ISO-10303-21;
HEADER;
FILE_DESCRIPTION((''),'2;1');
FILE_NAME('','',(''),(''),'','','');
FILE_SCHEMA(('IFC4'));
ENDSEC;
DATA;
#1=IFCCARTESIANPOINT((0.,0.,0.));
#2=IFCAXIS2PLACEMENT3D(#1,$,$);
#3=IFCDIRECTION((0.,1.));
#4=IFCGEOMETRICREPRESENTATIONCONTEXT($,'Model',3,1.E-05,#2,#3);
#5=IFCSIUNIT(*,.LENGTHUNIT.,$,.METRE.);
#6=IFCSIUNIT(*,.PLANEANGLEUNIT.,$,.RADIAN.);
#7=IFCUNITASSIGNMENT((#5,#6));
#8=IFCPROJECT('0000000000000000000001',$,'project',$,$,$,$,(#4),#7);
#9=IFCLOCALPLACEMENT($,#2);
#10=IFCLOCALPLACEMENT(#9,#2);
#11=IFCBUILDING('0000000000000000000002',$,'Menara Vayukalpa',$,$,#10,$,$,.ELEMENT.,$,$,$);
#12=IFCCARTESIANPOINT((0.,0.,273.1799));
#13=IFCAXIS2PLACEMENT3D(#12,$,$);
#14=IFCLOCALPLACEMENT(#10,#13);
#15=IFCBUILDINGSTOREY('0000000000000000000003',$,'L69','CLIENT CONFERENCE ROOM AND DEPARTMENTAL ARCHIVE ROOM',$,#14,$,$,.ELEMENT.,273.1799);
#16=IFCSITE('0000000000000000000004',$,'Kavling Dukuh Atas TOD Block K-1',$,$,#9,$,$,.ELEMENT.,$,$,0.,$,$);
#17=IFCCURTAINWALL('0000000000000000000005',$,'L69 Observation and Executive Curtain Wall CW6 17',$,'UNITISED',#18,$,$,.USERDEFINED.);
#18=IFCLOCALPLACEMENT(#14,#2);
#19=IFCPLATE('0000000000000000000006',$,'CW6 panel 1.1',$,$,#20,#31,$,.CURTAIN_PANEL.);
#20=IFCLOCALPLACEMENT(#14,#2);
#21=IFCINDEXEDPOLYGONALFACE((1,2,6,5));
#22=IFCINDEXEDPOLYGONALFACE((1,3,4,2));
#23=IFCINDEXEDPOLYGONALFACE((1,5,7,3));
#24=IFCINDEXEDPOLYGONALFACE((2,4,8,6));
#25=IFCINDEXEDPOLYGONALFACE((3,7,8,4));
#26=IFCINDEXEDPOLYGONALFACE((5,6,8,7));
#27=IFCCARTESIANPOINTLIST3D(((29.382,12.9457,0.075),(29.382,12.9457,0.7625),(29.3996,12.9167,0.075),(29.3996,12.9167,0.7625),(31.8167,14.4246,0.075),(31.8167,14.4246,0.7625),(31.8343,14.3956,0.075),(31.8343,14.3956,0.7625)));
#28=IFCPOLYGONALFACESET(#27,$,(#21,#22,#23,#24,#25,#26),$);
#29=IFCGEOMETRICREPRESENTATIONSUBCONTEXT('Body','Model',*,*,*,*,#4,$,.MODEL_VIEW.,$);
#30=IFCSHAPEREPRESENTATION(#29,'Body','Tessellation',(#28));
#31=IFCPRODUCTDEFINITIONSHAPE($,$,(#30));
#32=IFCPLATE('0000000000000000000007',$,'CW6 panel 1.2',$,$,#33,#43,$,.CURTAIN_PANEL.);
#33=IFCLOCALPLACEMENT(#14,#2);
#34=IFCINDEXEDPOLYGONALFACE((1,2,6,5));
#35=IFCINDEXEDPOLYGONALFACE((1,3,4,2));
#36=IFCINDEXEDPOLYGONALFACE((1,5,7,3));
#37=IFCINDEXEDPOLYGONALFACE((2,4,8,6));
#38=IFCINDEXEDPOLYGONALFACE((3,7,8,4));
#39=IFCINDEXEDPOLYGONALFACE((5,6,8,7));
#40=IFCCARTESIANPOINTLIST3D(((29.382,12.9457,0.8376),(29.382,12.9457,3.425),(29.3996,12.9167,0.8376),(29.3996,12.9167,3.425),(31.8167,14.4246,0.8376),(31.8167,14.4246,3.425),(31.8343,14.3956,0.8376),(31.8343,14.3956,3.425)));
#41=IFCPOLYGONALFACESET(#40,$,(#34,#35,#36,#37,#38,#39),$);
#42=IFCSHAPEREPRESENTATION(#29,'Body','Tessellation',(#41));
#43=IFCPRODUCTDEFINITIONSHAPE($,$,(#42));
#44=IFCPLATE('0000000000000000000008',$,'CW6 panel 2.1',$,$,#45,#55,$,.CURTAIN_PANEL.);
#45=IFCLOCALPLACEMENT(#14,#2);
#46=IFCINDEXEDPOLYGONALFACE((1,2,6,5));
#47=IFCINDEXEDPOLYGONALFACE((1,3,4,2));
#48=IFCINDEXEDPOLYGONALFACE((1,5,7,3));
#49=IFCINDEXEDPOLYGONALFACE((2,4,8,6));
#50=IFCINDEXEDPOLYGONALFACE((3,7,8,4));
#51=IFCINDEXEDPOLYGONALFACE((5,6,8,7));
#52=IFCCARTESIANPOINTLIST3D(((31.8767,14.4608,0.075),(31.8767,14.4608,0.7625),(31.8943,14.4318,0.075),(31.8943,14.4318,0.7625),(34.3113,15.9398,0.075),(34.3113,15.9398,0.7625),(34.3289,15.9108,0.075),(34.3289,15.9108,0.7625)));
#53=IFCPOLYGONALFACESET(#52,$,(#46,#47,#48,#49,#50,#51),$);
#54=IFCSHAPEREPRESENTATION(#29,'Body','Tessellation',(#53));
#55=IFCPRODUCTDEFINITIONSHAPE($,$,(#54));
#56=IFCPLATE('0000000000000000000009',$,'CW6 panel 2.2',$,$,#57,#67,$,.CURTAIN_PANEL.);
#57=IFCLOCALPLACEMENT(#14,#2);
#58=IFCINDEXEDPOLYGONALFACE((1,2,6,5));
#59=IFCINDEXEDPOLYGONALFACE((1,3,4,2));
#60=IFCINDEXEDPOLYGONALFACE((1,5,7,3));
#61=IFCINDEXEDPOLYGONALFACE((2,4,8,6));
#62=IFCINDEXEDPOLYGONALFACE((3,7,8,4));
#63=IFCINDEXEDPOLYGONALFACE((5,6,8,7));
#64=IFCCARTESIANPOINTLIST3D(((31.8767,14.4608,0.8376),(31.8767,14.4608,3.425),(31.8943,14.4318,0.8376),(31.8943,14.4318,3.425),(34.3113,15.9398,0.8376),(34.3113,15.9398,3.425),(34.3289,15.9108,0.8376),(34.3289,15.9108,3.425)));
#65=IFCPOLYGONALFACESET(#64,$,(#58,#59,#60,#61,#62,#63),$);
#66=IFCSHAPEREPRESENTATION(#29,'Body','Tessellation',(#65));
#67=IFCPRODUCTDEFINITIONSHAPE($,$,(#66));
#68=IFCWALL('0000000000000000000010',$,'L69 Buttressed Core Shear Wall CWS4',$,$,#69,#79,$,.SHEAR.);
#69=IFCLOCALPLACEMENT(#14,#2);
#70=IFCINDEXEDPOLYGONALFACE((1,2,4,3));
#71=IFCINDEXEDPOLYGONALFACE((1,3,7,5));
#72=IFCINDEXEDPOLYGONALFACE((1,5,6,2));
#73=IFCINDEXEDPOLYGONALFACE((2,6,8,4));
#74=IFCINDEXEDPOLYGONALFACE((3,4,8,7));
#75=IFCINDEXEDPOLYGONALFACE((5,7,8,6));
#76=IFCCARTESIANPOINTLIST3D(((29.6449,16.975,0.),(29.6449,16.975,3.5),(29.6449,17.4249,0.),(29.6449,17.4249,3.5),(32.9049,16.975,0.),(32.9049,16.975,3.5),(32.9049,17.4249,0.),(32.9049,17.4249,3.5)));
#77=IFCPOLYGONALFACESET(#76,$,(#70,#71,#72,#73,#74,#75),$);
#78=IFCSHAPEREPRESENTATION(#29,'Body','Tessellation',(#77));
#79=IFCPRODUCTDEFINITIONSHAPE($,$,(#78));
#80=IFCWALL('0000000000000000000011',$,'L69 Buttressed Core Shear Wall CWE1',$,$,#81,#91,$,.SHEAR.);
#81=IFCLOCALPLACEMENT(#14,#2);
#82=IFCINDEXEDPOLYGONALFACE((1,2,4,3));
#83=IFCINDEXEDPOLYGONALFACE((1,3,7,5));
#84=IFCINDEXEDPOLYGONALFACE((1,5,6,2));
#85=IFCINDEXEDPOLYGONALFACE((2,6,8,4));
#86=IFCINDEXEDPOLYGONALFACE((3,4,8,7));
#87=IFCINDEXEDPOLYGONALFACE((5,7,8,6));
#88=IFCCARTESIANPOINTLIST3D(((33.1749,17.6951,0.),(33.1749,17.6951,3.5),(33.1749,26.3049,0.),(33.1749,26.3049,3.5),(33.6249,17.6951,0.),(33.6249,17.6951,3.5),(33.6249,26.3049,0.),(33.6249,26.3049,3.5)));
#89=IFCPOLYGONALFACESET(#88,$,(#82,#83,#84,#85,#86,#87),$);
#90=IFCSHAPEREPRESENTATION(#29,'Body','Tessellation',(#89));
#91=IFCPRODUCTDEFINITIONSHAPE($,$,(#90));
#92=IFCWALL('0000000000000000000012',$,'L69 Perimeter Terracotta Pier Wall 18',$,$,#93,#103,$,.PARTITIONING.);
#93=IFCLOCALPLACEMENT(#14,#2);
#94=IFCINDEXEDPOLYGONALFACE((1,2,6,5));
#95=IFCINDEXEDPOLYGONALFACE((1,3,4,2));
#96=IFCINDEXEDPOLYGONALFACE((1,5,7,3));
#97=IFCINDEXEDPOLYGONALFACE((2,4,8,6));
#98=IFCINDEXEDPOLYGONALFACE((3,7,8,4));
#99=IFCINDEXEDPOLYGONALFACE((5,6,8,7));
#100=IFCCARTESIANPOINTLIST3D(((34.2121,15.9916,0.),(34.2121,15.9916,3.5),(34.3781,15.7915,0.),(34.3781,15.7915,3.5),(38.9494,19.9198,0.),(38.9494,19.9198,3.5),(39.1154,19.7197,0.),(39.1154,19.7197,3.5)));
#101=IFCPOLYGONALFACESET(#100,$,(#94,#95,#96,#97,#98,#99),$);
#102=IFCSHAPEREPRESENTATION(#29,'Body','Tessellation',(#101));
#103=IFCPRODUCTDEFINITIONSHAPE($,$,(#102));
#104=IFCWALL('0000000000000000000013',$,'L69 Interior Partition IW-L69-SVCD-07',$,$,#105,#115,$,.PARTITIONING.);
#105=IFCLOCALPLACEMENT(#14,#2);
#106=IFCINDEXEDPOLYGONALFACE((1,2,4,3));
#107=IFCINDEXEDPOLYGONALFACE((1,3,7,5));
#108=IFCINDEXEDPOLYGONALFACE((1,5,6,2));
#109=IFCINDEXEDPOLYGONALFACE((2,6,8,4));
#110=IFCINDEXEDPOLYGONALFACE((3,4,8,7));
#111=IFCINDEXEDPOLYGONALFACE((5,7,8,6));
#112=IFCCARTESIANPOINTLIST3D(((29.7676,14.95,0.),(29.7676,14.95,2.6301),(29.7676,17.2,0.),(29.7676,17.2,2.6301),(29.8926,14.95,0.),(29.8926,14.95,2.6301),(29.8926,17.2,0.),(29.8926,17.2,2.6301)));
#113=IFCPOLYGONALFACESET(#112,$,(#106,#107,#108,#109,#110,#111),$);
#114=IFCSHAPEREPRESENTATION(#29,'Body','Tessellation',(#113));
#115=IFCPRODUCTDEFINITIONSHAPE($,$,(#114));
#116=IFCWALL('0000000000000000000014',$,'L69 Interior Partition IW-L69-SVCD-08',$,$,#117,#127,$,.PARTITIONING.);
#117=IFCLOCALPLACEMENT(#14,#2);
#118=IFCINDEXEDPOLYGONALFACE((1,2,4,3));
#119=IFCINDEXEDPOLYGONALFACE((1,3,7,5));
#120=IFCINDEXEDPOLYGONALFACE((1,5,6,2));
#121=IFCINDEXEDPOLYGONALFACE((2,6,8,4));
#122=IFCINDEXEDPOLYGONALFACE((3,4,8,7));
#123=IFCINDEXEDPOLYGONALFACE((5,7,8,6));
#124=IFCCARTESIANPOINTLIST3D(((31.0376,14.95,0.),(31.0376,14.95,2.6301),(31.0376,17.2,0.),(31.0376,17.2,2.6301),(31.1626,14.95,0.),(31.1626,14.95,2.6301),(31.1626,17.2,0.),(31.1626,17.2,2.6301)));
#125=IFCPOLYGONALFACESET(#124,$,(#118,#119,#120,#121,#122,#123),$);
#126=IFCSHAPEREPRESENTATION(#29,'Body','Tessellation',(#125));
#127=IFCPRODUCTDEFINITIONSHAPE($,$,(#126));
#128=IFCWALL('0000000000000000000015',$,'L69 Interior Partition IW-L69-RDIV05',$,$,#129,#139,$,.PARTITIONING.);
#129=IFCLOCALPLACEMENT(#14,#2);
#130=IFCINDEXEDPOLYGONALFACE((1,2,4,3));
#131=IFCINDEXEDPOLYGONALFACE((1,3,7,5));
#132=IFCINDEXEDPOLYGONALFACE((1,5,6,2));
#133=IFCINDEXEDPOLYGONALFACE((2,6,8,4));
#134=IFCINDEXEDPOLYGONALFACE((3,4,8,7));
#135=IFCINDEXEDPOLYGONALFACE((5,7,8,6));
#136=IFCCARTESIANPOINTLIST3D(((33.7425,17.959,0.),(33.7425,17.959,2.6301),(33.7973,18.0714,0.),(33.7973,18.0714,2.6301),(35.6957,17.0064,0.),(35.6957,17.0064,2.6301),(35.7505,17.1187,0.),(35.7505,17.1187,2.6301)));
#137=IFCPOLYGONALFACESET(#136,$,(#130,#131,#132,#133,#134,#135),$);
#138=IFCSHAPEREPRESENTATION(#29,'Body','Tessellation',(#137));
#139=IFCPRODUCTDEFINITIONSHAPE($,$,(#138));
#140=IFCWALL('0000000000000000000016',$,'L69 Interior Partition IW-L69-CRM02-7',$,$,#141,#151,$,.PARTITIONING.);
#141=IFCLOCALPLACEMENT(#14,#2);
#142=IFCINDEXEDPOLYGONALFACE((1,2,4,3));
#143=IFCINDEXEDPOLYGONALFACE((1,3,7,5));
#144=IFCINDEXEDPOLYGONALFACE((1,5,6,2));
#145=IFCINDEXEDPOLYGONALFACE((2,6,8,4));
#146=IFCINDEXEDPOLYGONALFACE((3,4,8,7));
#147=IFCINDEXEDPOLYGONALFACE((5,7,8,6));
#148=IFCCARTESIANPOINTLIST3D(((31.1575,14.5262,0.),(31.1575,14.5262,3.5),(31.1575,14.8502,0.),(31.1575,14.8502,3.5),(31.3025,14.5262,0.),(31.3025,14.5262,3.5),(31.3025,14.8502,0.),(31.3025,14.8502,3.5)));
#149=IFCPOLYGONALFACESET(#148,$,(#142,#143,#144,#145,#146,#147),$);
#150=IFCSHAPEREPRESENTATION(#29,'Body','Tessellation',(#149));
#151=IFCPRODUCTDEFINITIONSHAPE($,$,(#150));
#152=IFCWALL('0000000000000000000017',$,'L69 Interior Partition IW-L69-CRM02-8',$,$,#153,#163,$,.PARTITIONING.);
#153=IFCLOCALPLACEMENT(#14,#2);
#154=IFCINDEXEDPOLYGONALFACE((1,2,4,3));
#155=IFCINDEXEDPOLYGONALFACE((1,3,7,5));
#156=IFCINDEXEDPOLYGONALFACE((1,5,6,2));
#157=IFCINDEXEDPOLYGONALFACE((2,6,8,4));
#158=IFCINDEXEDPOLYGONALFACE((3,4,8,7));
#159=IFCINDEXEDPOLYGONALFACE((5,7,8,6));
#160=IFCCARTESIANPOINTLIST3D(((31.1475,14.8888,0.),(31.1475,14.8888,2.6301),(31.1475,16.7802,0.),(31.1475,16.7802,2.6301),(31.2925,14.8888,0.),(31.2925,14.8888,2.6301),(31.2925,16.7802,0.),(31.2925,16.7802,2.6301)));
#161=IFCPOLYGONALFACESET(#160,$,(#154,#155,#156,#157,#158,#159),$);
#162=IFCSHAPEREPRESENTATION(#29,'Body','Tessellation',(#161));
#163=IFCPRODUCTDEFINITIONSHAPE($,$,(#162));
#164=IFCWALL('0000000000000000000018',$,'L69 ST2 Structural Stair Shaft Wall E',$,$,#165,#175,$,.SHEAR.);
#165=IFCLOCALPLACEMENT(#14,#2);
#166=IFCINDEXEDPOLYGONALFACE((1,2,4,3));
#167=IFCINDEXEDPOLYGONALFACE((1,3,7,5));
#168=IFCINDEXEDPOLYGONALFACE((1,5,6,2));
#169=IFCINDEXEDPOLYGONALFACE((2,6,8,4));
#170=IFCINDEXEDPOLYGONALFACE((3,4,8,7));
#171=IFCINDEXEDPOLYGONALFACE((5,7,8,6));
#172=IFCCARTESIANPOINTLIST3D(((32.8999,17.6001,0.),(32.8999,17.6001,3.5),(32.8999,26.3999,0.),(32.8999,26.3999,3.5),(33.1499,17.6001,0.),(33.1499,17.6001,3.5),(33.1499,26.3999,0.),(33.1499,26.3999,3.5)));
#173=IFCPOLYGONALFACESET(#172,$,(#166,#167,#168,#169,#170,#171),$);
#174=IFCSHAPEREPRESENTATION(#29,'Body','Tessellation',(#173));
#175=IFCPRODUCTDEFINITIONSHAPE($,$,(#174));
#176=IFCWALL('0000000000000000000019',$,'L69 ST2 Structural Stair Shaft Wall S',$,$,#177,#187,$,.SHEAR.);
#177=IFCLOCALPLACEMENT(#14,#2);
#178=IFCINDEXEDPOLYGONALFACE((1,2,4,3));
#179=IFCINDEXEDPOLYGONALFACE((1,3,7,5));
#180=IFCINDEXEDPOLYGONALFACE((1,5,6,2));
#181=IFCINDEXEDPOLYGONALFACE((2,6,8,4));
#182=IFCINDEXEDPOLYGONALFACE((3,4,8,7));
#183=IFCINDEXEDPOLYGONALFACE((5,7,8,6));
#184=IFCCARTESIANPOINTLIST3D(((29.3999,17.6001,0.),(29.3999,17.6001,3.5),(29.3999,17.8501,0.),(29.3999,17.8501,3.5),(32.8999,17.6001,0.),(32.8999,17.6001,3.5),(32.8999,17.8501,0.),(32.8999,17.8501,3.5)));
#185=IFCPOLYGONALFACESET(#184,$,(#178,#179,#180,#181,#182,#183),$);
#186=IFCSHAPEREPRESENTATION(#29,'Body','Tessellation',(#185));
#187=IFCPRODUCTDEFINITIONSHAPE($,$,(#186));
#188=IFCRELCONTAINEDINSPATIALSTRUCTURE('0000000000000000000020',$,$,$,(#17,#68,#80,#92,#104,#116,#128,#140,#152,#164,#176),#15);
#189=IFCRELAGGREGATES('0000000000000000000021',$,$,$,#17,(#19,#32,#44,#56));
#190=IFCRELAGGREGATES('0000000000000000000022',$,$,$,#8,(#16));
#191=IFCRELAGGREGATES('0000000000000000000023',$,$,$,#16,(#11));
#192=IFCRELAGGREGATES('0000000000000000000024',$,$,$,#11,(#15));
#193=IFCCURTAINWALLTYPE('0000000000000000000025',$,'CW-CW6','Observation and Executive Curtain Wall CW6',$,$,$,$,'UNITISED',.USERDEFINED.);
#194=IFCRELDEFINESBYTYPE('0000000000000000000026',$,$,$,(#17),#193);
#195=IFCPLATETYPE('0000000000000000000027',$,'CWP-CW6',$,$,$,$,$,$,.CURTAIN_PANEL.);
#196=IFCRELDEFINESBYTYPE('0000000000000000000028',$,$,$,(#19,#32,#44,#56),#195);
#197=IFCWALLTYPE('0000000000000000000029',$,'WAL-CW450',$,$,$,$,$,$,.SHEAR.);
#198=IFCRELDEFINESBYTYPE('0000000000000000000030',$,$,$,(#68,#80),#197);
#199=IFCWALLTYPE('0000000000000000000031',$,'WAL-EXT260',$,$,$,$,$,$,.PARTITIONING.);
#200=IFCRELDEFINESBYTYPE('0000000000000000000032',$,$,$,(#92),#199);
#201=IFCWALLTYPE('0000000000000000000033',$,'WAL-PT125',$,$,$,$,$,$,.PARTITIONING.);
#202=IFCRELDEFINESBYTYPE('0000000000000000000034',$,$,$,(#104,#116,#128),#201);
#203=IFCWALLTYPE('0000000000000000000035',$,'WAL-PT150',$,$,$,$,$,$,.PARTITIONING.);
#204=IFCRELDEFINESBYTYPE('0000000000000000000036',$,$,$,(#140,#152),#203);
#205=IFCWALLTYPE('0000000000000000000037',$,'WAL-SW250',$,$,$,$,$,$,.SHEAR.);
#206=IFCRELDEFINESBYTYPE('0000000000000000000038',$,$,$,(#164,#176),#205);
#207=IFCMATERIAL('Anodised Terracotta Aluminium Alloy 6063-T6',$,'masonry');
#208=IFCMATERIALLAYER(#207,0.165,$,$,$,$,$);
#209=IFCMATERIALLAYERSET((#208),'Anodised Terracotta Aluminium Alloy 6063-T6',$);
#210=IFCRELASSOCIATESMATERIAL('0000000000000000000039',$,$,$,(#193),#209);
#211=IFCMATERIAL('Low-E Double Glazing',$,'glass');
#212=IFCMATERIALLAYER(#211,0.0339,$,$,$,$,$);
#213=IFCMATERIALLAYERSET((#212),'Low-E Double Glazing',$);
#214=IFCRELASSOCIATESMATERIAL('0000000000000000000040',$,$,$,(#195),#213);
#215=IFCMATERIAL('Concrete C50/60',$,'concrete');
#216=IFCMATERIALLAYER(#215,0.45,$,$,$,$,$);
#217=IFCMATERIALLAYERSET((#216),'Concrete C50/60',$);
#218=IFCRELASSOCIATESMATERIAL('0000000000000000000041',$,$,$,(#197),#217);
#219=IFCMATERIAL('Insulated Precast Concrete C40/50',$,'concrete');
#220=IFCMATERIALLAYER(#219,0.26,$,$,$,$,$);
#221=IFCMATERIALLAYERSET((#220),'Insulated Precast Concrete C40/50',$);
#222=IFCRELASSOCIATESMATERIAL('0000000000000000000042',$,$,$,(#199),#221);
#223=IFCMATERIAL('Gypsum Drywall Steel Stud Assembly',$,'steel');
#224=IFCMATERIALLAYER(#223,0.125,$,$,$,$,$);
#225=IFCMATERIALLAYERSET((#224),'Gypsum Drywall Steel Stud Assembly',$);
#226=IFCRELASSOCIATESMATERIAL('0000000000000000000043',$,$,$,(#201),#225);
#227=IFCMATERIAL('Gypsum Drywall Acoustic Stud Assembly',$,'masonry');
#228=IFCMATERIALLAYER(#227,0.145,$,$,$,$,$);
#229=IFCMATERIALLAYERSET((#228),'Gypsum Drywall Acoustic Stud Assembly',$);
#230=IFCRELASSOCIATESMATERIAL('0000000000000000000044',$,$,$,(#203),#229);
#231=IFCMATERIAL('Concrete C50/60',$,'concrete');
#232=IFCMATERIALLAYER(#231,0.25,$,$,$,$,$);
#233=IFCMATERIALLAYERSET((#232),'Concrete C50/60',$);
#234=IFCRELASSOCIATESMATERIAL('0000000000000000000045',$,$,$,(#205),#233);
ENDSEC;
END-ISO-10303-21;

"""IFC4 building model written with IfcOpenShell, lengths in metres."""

from ifc_helpers import new_model, si_unit, direction, frame, frame_2d, origin, origin_2d, place, context, subcontext, project, spatial, rectangle, extrude, material, layer, layer_set, type_object, element, aggregate, save


model = new_model("IFC4")

# Units and contexts
model_context = context("Model", 3, precision=1e-05, world=origin(), true_north=direction((0.0, 1.0)))
body_context = subcontext(model_context, "Body", "Model", "MODEL_VIEW")
ifc_project = project(units=[si_unit("LENGTHUNIT", "METRE"), si_unit("PLANEANGLEUNIT", "RADIAN")], contexts=[model_context])

# Site, building, storey
site_placement = place(None, origin())
site = spatial("IfcSite", under=ifc_project, at=site_placement, Name="Kavling Dukuh Atas TOD Block K-1", CompositionType="ELEMENT", RefElevation=0.0)
building_placement = place(site_placement, origin())
building = spatial("IfcBuilding", under=site, at=building_placement, Name="Menara Vayukalpa", CompositionType="ELEMENT")
storey_placement = place(building_placement, frame((0.0, 0.0, 273.1799)))
storey = spatial("IfcBuildingStorey", under=building, at=storey_placement, Name="L69", Description="CLIENT CONFERENCE ROOM AND DEPARTMENTAL ARCHIVE ROOM", CompositionType="ELEMENT", Elevation=273.1799)

# Curtain wall, plates
ifc_material_1 = material(Name="Anodised Terracotta Aluminium Alloy 6063-T6", Category="masonry")
ifc_layer_1 = layer(ifc_material_1, 0.165)
ifc_layer_set_1 = layer_set([ifc_layer_1], Name="Anodised Terracotta Aluminium Alloy 6063-T6")
curtain_wall_type = type_object("IfcCurtainWallType", Name="CW-CW6", Description="Observation and Executive Curtain Wall CW6", ElementType="UNITISED", PredefinedType="USERDEFINED", material=ifc_layer_set_1)
curtain_wall_placement = place(storey_placement, origin())
curtain_wall = element("IfcCurtainWall", 1, at=curtain_wall_placement, inside=storey, type_object=curtain_wall_type, Name="L69 Observation and Executive Curtain Wall CW6 17", ObjectType="UNITISED", PredefinedType="USERDEFINED")
ifc_material_2 = material(Name="Low-E Double Glazing", Category="glass")
ifc_layer_2 = layer(ifc_material_2, 0.0339)
ifc_layer_set_2 = layer_set([ifc_layer_2], Name="Low-E Double Glazing")
plate_type = type_object("IfcPlateType", Name="CWP-CW6", PredefinedType="CURTAIN_PANEL", material=ifc_layer_set_2)
plate_1_placement = place(storey_placement, frame((30.6082, 13.6707, 0.075), z_axis=(0.0, 0.0, 1.0), x_axis=(0.854668, 0.519176, 0.0)))
plate_1 = element("IfcPlate", 2, at=plate_1_placement, type_object=plate_type, Name="CW6 panel 1.1", PredefinedType="CURTAIN_PANEL", context=body_context, shape_type="SweptSolid", body=[
    extrude(rectangle(XDim=2.8486, YDim=0.0339, at=origin_2d()), origin(), (0.0, 0.0, 1.0), 0.6875),
])
plate_2_placement = place(storey_placement, frame((30.6082, 13.6707, 0.8376), z_axis=(0.0, 0.0, 1.0), x_axis=(0.854668, 0.519176, 0.0)))
plate_2 = element("IfcPlate", 3, at=plate_2_placement, type_object=plate_type, Name="CW6 panel 1.2", PredefinedType="CURTAIN_PANEL", context=body_context, shape_type="SweptSolid", body=[
    extrude(rectangle(XDim=2.8486, YDim=0.0339, at=origin_2d()), origin(), (0.0, 0.0, 1.0), 2.5874),
])
plate_3_placement = place(storey_placement, frame((33.1028, 15.1858, 0.075), z_axis=(0.0, 0.0, 1.0), x_axis=(0.854668, 0.519176, 0.0)))
plate_3 = element("IfcPlate", 4, at=plate_3_placement, type_object=plate_type, Name="CW6 panel 2.1", PredefinedType="CURTAIN_PANEL", context=body_context, shape_type="SweptSolid", body=[
    extrude(rectangle(XDim=2.8486, YDim=0.0339, at=origin_2d()), origin(), (0.0, 0.0, 1.0), 0.6875),
])
plate_4_placement = place(storey_placement, frame((33.1028, 15.1858, 0.8376), z_axis=(0.0, 0.0, 1.0), x_axis=(0.854668, 0.519176, 0.0)))
plate_4 = element("IfcPlate", 5, at=plate_4_placement, type_object=plate_type, Name="CW6 panel 2.2", PredefinedType="CURTAIN_PANEL", context=body_context, shape_type="SweptSolid", body=[
    extrude(rectangle(XDim=2.8486, YDim=0.0339, at=origin_2d()), origin(), (0.0, 0.0, 1.0), 2.5874),
])
aggregate(curtain_wall, [plate_1, plate_2, plate_3, plate_4])

# Walls
ifc_material_3 = material(Name="Concrete C50/60", Category="concrete")
ifc_layer_3 = layer(ifc_material_3, 0.45)
ifc_layer_set_3 = layer_set([ifc_layer_3], Name="Concrete C50/60")
wall_type_1 = type_object("IfcWallType", Name="WAL-CW450", PredefinedType="SHEAR", material=ifc_layer_set_3)
wall_1_placement = place(storey_placement, frame((29.645, 17.2, 0.0), z_axis=(0.0, 0.0, 1.0), x_axis=(1.0, 0.0, 0.0)))
element("IfcWall", 6, at=wall_1_placement, inside=storey, type_object=wall_type_1, Name="L69 Buttressed Core Shear Wall CWS4", PredefinedType="SHEAR", context=body_context, shape_type="SweptSolid", body=[
    extrude(rectangle(XDim=3.26, YDim=0.45, at=frame_2d((1.6299, 0.0))), origin(), (0.0, 0.0, 1.0), 3.5),
])
wall_2_placement = place(storey_placement, frame((33.3999, 17.6951, 0.0), z_axis=(0.0, 0.0, 1.0), x_axis=(0.0, 1.0, 0.0)))
element("IfcWall", 7, at=wall_2_placement, inside=storey, type_object=wall_type_1, Name="L69 Buttressed Core Shear Wall CWE1", PredefinedType="SHEAR", context=body_context, shape_type="SweptSolid", body=[
    extrude(rectangle(XDim=8.6099, YDim=0.45, at=frame_2d((4.3049, 0.0))), origin(), (0.0, 0.0, 1.0), 3.5),
])
ifc_material_4 = material(Name="Insulated Precast Concrete C40/50", Category="concrete")
ifc_layer_4 = layer(ifc_material_4, 0.26)
ifc_layer_set_4 = layer_set([ifc_layer_4], Name="Insulated Precast Concrete C40/50")
wall_type_2 = type_object("IfcWallType", Name="WAL-EXT260", PredefinedType="PARTITIONING", material=ifc_layer_set_4)
wall_3_placement = place(storey_placement, frame((39.0325, 19.8198, 0.0), z_axis=(0.0, 0.0, 1.0), x_axis=(-0.76978, -0.638309, 0.0)))
element("IfcWall", 8, at=wall_3_placement, inside=storey, type_object=wall_type_2, Name="L69 Perimeter Terracotta Pier Wall 18", PredefinedType="PARTITIONING", context=body_context, shape_type="SweptSolid", body=[
    extrude(rectangle(XDim=6.1541, YDim=0.26, at=frame_2d((3.0771, 0.0))), origin(), (0.0, 0.0, 1.0), 3.5),
])
ifc_material_5 = material(Name="Gypsum Drywall Steel Stud Assembly", Category="steel")
ifc_layer_5 = layer(ifc_material_5, 0.125)
ifc_layer_set_5 = layer_set([ifc_layer_5], Name="Gypsum Drywall Steel Stud Assembly")
wall_type_3 = type_object("IfcWallType", Name="WAL-PT125", PredefinedType="PARTITIONING", material=ifc_layer_set_5)
for number, where, z_axis, x_axis, name in (
    (9, (29.8301, 14.95, 0.0), (0.0, 0.0, 1.0), (0.0, 1.0, 0.0), "L69 Interior Partition IW-L69-SVCD-07"),
    (10, (31.1001, 14.95, 0.0), (0.0, 0.0, 1.0), (0.0, 1.0, 0.0), "L69 Interior Partition IW-L69-SVCD-08"),
):
    element("IfcWall", number, at=place(storey_placement, frame(where, z_axis=z_axis, x_axis=x_axis)), inside=storey, type_object=wall_type_3, Name=name, PredefinedType="PARTITIONING", context=body_context, shape_type="SweptSolid", body=[
        extrude(rectangle(XDim=2.25, YDim=0.125, at=frame_2d((1.125, 0.0))), origin(), (0.0, 0.0, 1.0), 2.6301),
    ])
wall_4_placement = place(storey_placement, frame((33.77, 18.0151, 0.0), z_axis=(0.0, 0.0, 1.0), x_axis=(0.898788, -0.438384, 0.0)))
element("IfcWall", 11, at=wall_4_placement, inside=storey, type_object=wall_type_3, Name="L69 Interior Partition IW-L69-RDIV05", PredefinedType="PARTITIONING", context=body_context, shape_type="SweptSolid", body=[
    extrude(rectangle(XDim=2.1731, YDim=0.125, at=frame_2d((1.0864, 0.0))), origin(), (0.0, 0.0, 1.0), 2.6301),
])
ifc_material_6 = material(Name="Gypsum Drywall Acoustic Stud Assembly", Category="masonry")
ifc_layer_6 = layer(ifc_material_6, 0.145)
ifc_layer_set_6 = layer_set([ifc_layer_6], Name="Gypsum Drywall Acoustic Stud Assembly")
wall_type_4 = type_object("IfcWallType", Name="WAL-PT150", PredefinedType="PARTITIONING", material=ifc_layer_set_6)
wall_5_placement = place(storey_placement, frame((31.23, 14.5261, 0.0), z_axis=(0.0, 0.0, 1.0), x_axis=(0.0, 1.0, 0.0)))
element("IfcWall", 12, at=wall_5_placement, inside=storey, type_object=wall_type_4, Name="L69 Interior Partition IW-L69-CRM02-7", PredefinedType="PARTITIONING", context=body_context, shape_type="SweptSolid", body=[
    extrude(rectangle(XDim=0.324, YDim=0.145, at=frame_2d((0.1621, 0.0))), origin(), (0.0, 0.0, 1.0), 3.5),
])
wall_6_placement = place(storey_placement, frame((31.22, 14.8887, 0.0), z_axis=(0.0, 0.0, 1.0), x_axis=(0.0, 1.0, 0.0)))
element("IfcWall", 13, at=wall_6_placement, inside=storey, type_object=wall_type_4, Name="L69 Interior Partition IW-L69-CRM02-8", PredefinedType="PARTITIONING", context=body_context, shape_type="SweptSolid", body=[
    extrude(rectangle(XDim=1.8914, YDim=0.145, at=frame_2d((0.9458, 0.0))), origin(), (0.0, 0.0, 1.0), 2.6301),
])
ifc_material_7 = material(Name="Concrete C50/60", Category="concrete")
ifc_layer_7 = layer(ifc_material_7, 0.25)
ifc_layer_set_7 = layer_set([ifc_layer_7], Name="Concrete C50/60")
wall_type_5 = type_object("IfcWallType", Name="WAL-SW250", PredefinedType="SHEAR", material=ifc_layer_set_7)
wall_7_placement = place(storey_placement, frame((33.0249, 17.6001, 0.0), z_axis=(0.0, 0.0, 1.0), x_axis=(0.0, 1.0, 0.0)))
element("IfcWall", 14, at=wall_7_placement, inside=storey, type_object=wall_type_5, Name="L69 ST2 Structural Stair Shaft Wall E", PredefinedType="SHEAR", context=body_context, shape_type="SweptSolid", body=[
    extrude(rectangle(XDim=8.7998, YDim=0.25, at=frame_2d((4.3999, 0.0))), origin(), (0.0, 0.0, 1.0), 3.5),
])
wall_8_placement = place(storey_placement, frame((29.3999, 17.7251, 0.0), z_axis=(0.0, 0.0, 1.0), x_axis=(1.0, 0.0, 0.0)))
element("IfcWall", 15, at=wall_8_placement, inside=storey, type_object=wall_type_5, Name="L69 ST2 Structural Stair Shaft Wall S", PredefinedType="SHEAR", context=body_context, shape_type="SweptSolid", body=[
    extrude(rectangle(XDim=3.5, YDim=0.25, at=frame_2d((1.75, 0.0))), origin(), (0.0, 0.0, 1.0), 3.5),
])

save(model, "model.ifc")
